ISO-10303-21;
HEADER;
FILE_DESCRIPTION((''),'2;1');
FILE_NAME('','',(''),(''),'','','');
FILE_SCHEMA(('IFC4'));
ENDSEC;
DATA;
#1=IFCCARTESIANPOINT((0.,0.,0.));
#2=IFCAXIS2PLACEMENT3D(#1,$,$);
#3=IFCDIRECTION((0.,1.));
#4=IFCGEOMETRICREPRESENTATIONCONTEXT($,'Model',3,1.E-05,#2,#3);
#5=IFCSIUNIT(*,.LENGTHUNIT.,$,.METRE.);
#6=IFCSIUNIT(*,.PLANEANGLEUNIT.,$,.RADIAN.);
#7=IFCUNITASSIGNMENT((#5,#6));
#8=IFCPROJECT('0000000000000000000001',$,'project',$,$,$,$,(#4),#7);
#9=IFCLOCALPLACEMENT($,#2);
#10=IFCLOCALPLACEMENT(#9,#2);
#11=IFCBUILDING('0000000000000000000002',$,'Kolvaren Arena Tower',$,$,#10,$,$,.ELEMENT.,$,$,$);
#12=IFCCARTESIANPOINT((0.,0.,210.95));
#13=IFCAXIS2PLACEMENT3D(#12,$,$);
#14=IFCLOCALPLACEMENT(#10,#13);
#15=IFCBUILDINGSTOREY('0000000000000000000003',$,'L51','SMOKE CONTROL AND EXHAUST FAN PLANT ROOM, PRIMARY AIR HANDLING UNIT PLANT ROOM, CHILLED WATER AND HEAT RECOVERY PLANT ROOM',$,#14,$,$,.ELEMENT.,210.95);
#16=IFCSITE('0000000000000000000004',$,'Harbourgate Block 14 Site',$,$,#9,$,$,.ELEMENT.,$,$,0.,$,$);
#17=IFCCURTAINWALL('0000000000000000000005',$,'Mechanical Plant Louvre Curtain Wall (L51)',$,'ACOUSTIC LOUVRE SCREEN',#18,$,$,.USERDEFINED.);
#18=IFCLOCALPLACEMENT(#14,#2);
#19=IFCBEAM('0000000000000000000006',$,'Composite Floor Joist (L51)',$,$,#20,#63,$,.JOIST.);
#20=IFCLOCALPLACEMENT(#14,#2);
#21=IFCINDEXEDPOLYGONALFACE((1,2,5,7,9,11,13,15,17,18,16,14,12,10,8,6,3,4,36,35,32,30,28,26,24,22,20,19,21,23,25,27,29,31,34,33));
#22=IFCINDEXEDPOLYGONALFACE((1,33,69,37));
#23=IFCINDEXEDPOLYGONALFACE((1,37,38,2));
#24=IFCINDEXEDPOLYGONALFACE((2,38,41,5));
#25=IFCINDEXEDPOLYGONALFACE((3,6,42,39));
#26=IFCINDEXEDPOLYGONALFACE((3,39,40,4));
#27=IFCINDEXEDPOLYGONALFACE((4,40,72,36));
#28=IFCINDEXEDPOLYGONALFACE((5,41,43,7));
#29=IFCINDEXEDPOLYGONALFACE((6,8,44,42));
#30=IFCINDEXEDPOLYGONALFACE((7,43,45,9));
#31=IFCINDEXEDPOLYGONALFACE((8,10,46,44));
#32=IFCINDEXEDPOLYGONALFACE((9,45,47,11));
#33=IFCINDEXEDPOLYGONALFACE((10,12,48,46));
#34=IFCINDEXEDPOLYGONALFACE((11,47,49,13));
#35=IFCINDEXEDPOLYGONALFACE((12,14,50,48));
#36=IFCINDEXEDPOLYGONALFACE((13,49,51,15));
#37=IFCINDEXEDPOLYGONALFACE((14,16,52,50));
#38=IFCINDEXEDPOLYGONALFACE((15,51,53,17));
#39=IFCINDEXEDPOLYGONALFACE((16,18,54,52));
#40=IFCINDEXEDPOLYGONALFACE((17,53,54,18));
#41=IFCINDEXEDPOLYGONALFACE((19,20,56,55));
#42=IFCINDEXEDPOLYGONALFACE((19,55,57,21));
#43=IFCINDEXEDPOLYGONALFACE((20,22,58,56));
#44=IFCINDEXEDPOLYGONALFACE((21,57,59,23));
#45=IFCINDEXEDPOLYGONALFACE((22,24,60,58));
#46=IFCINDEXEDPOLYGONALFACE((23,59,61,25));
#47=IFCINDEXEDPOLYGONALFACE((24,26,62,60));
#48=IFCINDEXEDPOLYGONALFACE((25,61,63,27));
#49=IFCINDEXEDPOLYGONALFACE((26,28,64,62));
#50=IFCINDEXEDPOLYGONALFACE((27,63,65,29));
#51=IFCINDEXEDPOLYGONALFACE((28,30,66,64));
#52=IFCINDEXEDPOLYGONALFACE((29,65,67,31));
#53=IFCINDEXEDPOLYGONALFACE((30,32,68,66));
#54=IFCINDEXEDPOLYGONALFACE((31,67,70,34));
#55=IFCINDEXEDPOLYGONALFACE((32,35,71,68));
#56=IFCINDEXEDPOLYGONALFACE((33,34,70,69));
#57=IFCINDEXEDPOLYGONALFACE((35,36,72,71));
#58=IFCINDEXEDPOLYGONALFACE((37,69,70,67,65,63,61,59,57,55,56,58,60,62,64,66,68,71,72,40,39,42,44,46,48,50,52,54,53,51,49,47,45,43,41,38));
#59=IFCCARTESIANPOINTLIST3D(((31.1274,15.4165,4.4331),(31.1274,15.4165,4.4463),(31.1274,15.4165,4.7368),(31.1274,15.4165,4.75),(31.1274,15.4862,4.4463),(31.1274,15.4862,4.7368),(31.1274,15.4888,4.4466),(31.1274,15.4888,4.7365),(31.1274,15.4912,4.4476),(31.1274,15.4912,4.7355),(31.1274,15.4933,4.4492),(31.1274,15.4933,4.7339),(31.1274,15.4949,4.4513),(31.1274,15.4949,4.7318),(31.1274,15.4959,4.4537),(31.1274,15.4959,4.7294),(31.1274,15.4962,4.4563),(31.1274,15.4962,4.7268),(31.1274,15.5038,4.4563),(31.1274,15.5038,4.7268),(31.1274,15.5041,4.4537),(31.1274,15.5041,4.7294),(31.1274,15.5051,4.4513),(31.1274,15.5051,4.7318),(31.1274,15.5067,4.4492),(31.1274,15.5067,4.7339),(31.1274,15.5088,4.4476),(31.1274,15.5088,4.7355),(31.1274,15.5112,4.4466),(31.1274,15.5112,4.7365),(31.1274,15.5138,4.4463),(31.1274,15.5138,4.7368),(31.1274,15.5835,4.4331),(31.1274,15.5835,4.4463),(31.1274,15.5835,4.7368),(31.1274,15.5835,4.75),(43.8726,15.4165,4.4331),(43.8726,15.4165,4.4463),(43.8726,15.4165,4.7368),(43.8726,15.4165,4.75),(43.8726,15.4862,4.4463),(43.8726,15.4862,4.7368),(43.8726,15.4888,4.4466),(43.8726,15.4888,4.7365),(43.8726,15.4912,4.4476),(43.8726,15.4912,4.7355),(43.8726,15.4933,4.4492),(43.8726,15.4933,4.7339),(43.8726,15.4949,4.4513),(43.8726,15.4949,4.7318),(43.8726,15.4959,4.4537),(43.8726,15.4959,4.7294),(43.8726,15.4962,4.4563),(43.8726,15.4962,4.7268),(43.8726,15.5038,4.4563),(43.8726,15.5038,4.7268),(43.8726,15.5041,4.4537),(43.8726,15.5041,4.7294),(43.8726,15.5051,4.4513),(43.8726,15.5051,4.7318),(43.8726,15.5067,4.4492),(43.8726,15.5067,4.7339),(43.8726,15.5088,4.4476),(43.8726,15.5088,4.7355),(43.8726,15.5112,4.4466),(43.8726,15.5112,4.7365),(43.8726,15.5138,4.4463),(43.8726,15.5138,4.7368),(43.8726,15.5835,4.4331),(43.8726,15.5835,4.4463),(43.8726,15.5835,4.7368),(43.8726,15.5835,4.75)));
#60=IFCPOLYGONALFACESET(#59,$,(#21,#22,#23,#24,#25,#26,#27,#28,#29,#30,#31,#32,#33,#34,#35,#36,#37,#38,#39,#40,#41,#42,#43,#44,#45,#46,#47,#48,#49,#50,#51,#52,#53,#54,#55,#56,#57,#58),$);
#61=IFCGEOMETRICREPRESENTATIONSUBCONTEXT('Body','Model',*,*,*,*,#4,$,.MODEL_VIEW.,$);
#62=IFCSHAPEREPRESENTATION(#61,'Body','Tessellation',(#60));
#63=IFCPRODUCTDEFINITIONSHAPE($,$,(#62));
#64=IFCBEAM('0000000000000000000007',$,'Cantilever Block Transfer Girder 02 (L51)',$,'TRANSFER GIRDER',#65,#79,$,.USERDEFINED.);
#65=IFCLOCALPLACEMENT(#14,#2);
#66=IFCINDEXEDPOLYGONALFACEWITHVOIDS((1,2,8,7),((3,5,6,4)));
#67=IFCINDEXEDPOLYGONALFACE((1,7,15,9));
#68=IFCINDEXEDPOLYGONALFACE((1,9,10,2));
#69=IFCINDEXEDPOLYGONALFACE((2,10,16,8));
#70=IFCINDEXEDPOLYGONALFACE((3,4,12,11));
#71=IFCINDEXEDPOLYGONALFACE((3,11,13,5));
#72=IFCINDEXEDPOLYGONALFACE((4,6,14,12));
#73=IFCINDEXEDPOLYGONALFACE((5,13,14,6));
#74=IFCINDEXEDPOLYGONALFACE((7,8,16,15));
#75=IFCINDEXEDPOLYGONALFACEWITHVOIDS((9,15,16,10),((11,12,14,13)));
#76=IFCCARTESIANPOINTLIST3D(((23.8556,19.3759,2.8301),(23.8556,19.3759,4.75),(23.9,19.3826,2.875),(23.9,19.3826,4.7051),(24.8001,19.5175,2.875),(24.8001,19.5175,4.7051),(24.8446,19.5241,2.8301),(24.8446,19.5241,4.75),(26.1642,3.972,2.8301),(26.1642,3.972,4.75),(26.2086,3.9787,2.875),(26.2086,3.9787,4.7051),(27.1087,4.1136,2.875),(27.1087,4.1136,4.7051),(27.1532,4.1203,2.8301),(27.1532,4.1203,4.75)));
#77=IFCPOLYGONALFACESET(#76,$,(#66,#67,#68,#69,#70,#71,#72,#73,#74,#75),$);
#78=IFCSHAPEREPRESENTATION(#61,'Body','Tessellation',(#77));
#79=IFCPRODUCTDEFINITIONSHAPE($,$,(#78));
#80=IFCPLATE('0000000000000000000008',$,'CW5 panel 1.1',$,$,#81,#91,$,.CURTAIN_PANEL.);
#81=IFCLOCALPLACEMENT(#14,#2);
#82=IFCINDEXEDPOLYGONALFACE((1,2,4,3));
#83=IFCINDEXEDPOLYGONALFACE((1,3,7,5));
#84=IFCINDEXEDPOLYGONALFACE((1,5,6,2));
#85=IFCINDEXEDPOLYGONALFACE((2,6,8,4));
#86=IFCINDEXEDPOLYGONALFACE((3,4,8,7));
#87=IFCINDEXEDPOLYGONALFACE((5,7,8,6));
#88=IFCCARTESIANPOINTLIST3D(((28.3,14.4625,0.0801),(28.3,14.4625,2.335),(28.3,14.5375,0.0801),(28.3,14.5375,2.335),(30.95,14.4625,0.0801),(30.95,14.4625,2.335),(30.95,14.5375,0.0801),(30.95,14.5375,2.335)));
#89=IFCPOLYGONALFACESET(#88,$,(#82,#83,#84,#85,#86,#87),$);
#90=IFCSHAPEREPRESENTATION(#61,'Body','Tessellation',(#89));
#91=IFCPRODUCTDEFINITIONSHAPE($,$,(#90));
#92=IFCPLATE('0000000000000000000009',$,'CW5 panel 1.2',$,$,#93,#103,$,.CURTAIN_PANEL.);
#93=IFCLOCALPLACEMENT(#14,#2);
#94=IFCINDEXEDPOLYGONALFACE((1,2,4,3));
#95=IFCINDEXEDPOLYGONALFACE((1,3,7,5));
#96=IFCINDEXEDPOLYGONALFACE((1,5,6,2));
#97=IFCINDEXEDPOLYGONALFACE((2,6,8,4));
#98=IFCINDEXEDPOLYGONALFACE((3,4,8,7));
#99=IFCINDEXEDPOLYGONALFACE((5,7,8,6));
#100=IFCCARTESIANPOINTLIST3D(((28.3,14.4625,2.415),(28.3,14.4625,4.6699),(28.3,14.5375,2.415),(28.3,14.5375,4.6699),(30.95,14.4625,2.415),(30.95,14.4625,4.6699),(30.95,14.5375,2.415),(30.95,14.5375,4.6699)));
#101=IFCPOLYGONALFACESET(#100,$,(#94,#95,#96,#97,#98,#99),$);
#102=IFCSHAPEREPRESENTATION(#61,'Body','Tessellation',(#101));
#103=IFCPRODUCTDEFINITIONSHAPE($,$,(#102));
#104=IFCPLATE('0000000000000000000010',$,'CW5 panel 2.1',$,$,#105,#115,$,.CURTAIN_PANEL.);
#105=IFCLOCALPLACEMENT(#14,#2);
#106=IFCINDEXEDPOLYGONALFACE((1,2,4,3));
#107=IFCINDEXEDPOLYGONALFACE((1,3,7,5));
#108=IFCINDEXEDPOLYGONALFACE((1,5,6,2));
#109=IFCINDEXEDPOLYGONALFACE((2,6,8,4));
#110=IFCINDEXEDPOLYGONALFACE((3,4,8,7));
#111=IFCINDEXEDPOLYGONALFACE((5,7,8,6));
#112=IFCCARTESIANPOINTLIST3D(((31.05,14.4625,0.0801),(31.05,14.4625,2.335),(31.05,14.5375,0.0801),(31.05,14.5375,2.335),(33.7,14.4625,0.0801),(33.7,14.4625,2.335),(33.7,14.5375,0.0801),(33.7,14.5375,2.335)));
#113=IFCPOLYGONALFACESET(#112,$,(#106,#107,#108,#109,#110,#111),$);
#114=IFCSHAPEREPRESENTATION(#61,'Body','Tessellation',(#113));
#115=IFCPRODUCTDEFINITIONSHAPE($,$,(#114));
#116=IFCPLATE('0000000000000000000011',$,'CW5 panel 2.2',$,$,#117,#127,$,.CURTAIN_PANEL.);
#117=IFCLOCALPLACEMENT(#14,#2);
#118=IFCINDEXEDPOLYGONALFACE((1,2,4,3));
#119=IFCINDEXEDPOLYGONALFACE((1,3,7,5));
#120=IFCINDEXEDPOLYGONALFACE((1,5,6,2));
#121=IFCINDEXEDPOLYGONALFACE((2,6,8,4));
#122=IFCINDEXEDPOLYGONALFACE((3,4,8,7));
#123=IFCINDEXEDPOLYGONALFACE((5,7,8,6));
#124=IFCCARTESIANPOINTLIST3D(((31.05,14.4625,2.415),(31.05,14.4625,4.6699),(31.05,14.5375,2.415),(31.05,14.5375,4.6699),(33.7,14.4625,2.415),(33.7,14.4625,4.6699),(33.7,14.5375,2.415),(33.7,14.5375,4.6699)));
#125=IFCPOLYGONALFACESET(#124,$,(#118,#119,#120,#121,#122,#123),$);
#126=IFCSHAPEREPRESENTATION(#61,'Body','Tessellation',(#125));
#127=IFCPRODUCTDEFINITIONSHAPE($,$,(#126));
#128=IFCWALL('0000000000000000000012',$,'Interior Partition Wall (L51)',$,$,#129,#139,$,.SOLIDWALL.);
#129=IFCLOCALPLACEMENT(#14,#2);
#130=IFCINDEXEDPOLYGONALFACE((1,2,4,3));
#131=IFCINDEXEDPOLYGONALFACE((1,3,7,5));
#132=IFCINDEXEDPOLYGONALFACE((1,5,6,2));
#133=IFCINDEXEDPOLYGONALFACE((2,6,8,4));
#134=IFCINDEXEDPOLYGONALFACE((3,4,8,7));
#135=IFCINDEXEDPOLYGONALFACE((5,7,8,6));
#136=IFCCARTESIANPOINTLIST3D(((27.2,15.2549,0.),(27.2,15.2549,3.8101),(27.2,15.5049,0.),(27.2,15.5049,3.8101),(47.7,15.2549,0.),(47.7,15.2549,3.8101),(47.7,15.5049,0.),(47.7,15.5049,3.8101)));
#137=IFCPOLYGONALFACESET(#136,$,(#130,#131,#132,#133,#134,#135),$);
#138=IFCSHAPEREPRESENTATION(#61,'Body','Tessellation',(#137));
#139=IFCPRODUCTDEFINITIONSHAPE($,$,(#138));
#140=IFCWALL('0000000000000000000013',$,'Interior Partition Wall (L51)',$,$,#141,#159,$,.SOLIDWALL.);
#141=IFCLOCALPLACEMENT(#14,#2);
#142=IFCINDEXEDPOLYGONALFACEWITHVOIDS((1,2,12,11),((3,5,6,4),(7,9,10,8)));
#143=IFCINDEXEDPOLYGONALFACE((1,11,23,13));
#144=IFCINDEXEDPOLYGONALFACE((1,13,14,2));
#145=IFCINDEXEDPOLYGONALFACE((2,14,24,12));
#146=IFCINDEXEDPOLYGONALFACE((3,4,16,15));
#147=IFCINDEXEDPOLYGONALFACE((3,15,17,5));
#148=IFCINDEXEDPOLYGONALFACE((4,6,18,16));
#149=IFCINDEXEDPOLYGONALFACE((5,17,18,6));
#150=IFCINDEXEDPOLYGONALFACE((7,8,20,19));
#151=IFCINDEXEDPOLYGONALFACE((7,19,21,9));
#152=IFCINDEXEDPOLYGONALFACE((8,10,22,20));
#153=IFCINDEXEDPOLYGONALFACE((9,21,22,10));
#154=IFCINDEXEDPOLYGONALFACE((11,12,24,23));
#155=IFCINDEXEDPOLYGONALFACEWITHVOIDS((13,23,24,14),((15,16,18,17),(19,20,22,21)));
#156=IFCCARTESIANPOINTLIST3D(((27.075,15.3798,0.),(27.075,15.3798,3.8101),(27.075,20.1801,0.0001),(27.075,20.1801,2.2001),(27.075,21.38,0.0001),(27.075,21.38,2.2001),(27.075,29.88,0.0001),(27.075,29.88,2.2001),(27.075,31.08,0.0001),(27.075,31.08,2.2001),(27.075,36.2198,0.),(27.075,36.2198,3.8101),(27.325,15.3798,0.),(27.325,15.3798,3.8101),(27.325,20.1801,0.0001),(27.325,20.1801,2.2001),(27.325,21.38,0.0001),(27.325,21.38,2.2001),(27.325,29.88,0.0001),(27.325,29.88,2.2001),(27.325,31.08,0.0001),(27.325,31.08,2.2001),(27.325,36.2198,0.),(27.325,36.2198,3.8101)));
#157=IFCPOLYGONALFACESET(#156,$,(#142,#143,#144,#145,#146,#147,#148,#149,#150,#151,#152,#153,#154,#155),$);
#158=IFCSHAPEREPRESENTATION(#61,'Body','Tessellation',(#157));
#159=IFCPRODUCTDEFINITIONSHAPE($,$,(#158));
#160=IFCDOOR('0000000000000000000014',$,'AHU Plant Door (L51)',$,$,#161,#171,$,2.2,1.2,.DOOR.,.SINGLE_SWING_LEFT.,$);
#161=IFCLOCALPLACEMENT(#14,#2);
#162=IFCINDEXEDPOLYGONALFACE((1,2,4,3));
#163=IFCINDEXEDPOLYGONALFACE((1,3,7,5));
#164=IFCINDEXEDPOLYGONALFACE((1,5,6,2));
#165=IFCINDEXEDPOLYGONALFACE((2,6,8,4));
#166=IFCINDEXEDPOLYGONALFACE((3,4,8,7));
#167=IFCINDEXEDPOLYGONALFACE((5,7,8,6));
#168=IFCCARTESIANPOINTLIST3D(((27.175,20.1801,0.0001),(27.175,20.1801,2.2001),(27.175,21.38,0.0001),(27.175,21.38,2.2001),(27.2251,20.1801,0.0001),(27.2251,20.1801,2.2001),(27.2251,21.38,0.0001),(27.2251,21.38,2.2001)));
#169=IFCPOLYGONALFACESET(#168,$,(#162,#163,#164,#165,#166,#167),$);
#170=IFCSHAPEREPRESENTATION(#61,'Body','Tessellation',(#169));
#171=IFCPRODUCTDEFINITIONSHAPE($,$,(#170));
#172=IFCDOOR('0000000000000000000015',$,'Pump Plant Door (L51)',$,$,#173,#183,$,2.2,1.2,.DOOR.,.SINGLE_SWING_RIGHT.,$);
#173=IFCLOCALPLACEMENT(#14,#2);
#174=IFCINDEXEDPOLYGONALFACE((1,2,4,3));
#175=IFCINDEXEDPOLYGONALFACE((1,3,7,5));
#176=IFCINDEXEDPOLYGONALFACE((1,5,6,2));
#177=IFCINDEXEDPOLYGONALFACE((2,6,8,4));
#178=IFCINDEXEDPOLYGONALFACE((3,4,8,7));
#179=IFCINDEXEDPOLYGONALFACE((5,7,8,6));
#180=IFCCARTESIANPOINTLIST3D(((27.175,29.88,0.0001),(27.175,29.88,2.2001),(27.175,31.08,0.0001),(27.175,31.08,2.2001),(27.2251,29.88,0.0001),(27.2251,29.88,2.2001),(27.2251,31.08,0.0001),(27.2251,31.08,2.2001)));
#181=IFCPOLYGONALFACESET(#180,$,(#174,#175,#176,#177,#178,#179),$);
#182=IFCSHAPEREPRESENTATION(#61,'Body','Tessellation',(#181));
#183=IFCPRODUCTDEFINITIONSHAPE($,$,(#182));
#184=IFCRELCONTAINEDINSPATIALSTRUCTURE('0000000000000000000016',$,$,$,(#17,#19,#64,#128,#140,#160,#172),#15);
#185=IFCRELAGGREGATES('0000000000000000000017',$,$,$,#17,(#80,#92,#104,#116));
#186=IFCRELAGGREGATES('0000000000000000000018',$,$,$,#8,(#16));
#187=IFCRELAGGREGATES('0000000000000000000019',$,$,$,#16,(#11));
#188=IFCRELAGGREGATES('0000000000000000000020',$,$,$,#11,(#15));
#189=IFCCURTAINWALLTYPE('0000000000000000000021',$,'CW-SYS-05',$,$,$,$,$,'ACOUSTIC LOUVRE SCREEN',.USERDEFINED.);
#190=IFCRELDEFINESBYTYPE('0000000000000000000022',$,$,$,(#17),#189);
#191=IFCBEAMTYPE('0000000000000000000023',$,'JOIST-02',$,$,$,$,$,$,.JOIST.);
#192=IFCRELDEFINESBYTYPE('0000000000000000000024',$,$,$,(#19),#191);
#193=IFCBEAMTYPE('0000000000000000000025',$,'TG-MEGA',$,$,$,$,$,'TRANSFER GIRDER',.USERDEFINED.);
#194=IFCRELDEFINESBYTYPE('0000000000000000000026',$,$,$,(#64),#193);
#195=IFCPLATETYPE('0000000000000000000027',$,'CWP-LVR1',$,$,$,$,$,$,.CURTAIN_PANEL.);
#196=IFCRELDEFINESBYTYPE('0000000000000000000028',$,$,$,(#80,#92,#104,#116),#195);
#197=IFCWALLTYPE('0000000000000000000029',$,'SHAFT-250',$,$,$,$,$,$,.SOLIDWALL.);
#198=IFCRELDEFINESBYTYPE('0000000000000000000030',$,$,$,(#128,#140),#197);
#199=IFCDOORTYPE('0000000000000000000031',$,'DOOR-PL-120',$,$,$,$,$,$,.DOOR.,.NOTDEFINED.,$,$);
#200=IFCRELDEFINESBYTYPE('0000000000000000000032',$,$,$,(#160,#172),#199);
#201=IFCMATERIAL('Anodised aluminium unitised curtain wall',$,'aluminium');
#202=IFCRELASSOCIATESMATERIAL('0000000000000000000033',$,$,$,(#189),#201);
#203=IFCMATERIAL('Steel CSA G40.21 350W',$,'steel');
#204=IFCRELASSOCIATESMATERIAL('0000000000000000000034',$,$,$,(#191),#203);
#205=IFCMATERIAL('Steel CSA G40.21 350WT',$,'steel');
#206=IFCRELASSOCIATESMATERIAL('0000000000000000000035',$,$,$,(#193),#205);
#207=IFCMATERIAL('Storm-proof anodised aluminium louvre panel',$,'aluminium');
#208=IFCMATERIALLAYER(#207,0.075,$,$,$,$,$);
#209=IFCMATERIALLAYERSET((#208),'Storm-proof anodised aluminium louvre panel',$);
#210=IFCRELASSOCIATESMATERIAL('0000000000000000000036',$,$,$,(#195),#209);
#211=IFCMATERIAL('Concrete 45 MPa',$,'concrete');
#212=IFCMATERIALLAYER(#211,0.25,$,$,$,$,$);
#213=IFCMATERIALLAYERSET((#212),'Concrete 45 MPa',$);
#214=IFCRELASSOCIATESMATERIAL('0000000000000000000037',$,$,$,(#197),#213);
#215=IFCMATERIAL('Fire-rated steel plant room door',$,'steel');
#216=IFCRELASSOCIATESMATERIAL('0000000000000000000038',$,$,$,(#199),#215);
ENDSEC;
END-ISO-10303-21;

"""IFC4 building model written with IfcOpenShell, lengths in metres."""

from ifc_helpers import new_model, si_unit, direction, frame, frame_2d, origin, origin_2d, place, context, subcontext, project, spatial, rectangle, hollow_rectangle, i_section, extrude, material, layer, layer_set, material_profile, profile_set, type_object, element, fill, aggregate, save


model = new_model("IFC4")

# Units and contexts
model_context = context("Model", 3, precision=1e-05, world=origin(), true_north=direction((0.0, 1.0)))
body_context = subcontext(model_context, "Body", "Model", "MODEL_VIEW")
ifc_project = project(units=[si_unit("LENGTHUNIT", "METRE"), si_unit("PLANEANGLEUNIT", "RADIAN")], contexts=[model_context])

# Site, building, storey
site_placement = place(None, origin())
site = spatial("IfcSite", under=ifc_project, at=site_placement, Name="Harbourgate Block 14 Site", CompositionType="ELEMENT", RefElevation=0.0)
building_placement = place(site_placement, origin())
building = spatial("IfcBuilding", under=site, at=building_placement, Name="Kolvaren Arena Tower", CompositionType="ELEMENT")
storey_placement = place(building_placement, frame((0.0, 0.0, 210.95)))
storey = spatial("IfcBuildingStorey", under=building, at=storey_placement, Name="L51", Description="SMOKE CONTROL AND EXHAUST FAN PLANT ROOM, PRIMARY AIR HANDLING UNIT PLANT ROOM, CHILLED WATER AND HEAT RECOVERY PLANT ROOM", CompositionType="ELEMENT", Elevation=210.95)

# Shared definitions
ifc_material_1 = material(Name="Steel CSA G40.21 350W", Category="steel")

# Curtain wall
ifc_material_2 = material(Name="Anodised aluminium unitised curtain wall", Category="aluminium")
curtain_wall_type = type_object("IfcCurtainWallType", Name="CW-SYS-05", ElementType="ACOUSTIC LOUVRE SCREEN", PredefinedType="USERDEFINED", material=ifc_material_2)
curtain_wall_placement = place(storey_placement, origin())
curtain_wall = element("IfcCurtainWall", 1, at=curtain_wall_placement, inside=storey, type_object=curtain_wall_type, Name="Mechanical Plant Louvre Curtain Wall (L51)", ObjectType="ACOUSTIC LOUVRE SCREEN", PredefinedType="USERDEFINED")

# Beams
ifc_material_profile_1 = material_profile(ifc_material_1, i_section(OverallWidth=0.167, OverallDepth=0.3169, WebThickness=0.0076, FlangeThickness=0.0132, FilletRadius=0.01, at=origin_2d()), Name="W310x52")
ifc_profile_set_1 = profile_set([ifc_material_profile_1], Name="Steel CSA G40.21 350W")
beam_type_1 = type_object("IfcBeamType", Name="JOIST-02", PredefinedType="JOIST", material=ifc_profile_set_1)
for number, where, z_axis, x_axis, name in (
    (2, (31.1274, 15.5, 4.5916), (1.0, 0.0, 0.0), (0.0, 1.0, 0.0), "Composite Floor Joist (L51)"),
):
    element("IfcBeam", number, at=place(storey_placement, frame(where, z_axis=z_axis, x_axis=x_axis)), inside=storey, type_object=beam_type_1, Name=name, PredefinedType="JOIST", context=body_context, shape_type="SweptSolid", body=[
        extrude(i_section(OverallWidth=0.167, OverallDepth=0.3169, WebThickness=0.0076, FlangeThickness=0.0132, FilletRadius=0.01, at=origin_2d()), origin(), (0.0, 0.0, 1.0), 12.7451),
    ])
ifc_material_3 = material(Name="Steel CSA G40.21 350WT", Category="steel")
ifc_material_profile_2 = material_profile(ifc_material_3, hollow_rectangle(XDim=1.0, YDim=1.9199, WallThickness=0.0449, at=origin_2d()), Name="BOX 1000x1920x45")
ifc_profile_set_2 = profile_set([ifc_material_profile_2], Name="Steel CSA G40.21 350WT")
beam_type_2 = type_object("IfcBeamType", Name="TG-MEGA", ElementType="TRANSFER GIRDER", PredefinedType="USERDEFINED", material=ifc_profile_set_2)
beam_1_placement = place(storey_placement, frame((26.6587, 4.0461, 3.79), z_axis=(-0.148216, 0.988955, 0.0), x_axis=(-0.988955, -0.148216, 0.0)))
element("IfcBeam", 3, at=beam_1_placement, inside=storey, type_object=beam_type_2, Name="Cantilever Block Transfer Girder 02 (L51)", ObjectType="TRANSFER GIRDER", PredefinedType="USERDEFINED", context=body_context, shape_type="SweptSolid", body=[
    extrude(hollow_rectangle(XDim=1.0, YDim=1.9199, WallThickness=0.0449, at=origin_2d()), origin(), (0.0, 0.0, 1.0), 15.5759),
])

# Plates
ifc_material_4 = material(Name="Storm-proof anodised aluminium louvre panel", Category="aluminium")
ifc_layer_1 = layer(ifc_material_4, 0.075)
ifc_layer_set_1 = layer_set([ifc_layer_1], Name="Storm-proof anodised aluminium louvre panel")
plate_type = type_object("IfcPlateType", Name="CWP-LVR1", PredefinedType="CURTAIN_PANEL", material=ifc_layer_set_1)
plate_1_placement = place(storey_placement, frame((29.625, 14.5, 0.0801), z_axis=(0.0, 0.0, 1.0), x_axis=(1.0, 0.0, 0.0)))
plate_1 = element("IfcPlate", 4, at=plate_1_placement, type_object=plate_type, Name="CW5 panel 1.1", PredefinedType="CURTAIN_PANEL", context=body_context, shape_type="SweptSolid", body=[
    extrude(rectangle(XDim=2.6499, YDim=0.075, at=origin_2d()), origin(), (0.0, 0.0, 1.0), 2.2549),
])
plate_2_placement = place(storey_placement, frame((29.625, 14.5, 2.415), z_axis=(0.0, 0.0, 1.0), x_axis=(1.0, 0.0, 0.0)))
plate_2 = element("IfcPlate", 5, at=plate_2_placement, type_object=plate_type, Name="CW5 panel 1.2", PredefinedType="CURTAIN_PANEL", context=body_context, shape_type="SweptSolid", body=[
    extrude(rectangle(XDim=2.6499, YDim=0.075, at=origin_2d()), origin(), (0.0, 0.0, 1.0), 2.2549),
])
plate_3_placement = place(storey_placement, frame((32.375, 14.5, 0.0801), z_axis=(0.0, 0.0, 1.0), x_axis=(1.0, 0.0, 0.0)))
plate_3 = element("IfcPlate", 6, at=plate_3_placement, type_object=plate_type, Name="CW5 panel 2.1", PredefinedType="CURTAIN_PANEL", context=body_context, shape_type="SweptSolid", body=[
    extrude(rectangle(XDim=2.6499, YDim=0.075, at=origin_2d()), origin(), (0.0, 0.0, 1.0), 2.2549),
])
plate_4_placement = place(storey_placement, frame((32.375, 14.5, 2.415), z_axis=(0.0, 0.0, 1.0), x_axis=(1.0, 0.0, 0.0)))
plate_4 = element("IfcPlate", 7, at=plate_4_placement, type_object=plate_type, Name="CW5 panel 2.2", PredefinedType="CURTAIN_PANEL", context=body_context, shape_type="SweptSolid", body=[
    extrude(rectangle(XDim=2.6499, YDim=0.075, at=origin_2d()), origin(), (0.0, 0.0, 1.0), 2.2549),
])
aggregate(curtain_wall, [plate_1, plate_2, plate_3, plate_4])

# Wall
ifc_material_5 = material(Name="Concrete 45 MPa", Category="concrete")
ifc_layer_2 = layer(ifc_material_5, 0.25)
ifc_layer_set_2 = layer_set([ifc_layer_2], Name="Concrete 45 MPa")
wall_type = type_object("IfcWallType", Name="SHAFT-250", PredefinedType="SOLIDWALL", material=ifc_layer_set_2)
wall_1_placement = place(storey_placement, frame((27.2, 15.3799, 0.0), z_axis=(0.0, 0.0, 1.0), x_axis=(1.0, 0.0, 0.0)))
element("IfcWall", 8, at=wall_1_placement, inside=storey, type_object=wall_type, Name="Interior Partition Wall (L51)", PredefinedType="SOLIDWALL", context=body_context, shape_type="SweptSolid", body=[
    extrude(rectangle(XDim=20.5, YDim=0.25, at=frame_2d((10.25, 0.0))), origin(), (0.0, 0.0, 1.0), 3.8101),
])

# Wall, openings, doors
wall_2_placement = place(storey_placement, frame((27.2, 15.3799, 0.0), z_axis=(0.0, 0.0, 1.0), x_axis=(0.0, 1.0, 0.0)))
wall_2 = element("IfcWall", 9, at=wall_2_placement, inside=storey, type_object=wall_type, Name="Interior Partition Wall (L51)", PredefinedType="SOLIDWALL", context=body_context, shape_type="SweptSolid", body=[
    extrude(rectangle(XDim=20.8401, YDim=0.25, at=frame_2d((10.4199, 0.0))), origin(), (0.0, 0.0, 1.0), 3.8101),
])
opening_1_placement = place(wall_2_placement, frame((4.8, 0.0, 0.0)))
opening_1 = element("IfcOpeningElement", 10, at=opening_1_placement, cuts=wall_2, PredefinedType="OPENING", context=body_context, shape_type="SweptSolid", body=[
    extrude(rectangle(XDim=1.2, YDim=2.2, at=frame_2d((0.6001, 1.1001))), frame((0.0, 0.135, 0.0), z_axis=(0.0, -1.0, 0.0), x_axis=(1.0, 0.0, 0.0)), (0.0, 0.0, 1.0), 0.27),
])
opening_2_placement = place(wall_2_placement, frame((14.5, 0.0, 0.0)))
opening_2 = element("IfcOpeningElement", 11, at=opening_2_placement, cuts=wall_2, PredefinedType="OPENING", context=body_context, shape_type="SweptSolid", body=[
    extrude(rectangle(XDim=1.2, YDim=2.2, at=frame_2d((0.6001, 1.1001))), frame((0.0, 0.135, 0.0), z_axis=(0.0, -1.0, 0.0), x_axis=(1.0, 0.0, 0.0)), (0.0, 0.0, 1.0), 0.27),
])
ifc_material_6 = material(Name="Fire-rated steel plant room door", Category="steel")
door_type = type_object("IfcDoorType", Name="DOOR-PL-120", OperationType="NOTDEFINED", PredefinedType="DOOR", material=ifc_material_6)
door_1_placement = place(opening_1_placement, origin())
door_1 = element("IfcDoor", 12, at=door_1_placement, inside=storey, type_object=door_type, Name="AHU Plant Door (L51)", OperationType="SINGLE_SWING_LEFT", OverallHeight=2.2, OverallWidth=1.2, PredefinedType="DOOR", context=body_context, shape_type="SweptSolid", body=[
    extrude(rectangle(XDim=1.2, YDim=2.2, at=frame_2d((0.6001, 1.1001))), frame((0.0, 0.0249, 0.0), z_axis=(0.0, -1.0, 0.0), x_axis=(1.0, 0.0, 0.0)), (0.0, 0.0, 1.0), 0.05),
])
fill(opening_1, door_1)
door_2_placement = place(opening_2_placement, origin())
door_2 = element("IfcDoor", 13, at=door_2_placement, inside=storey, type_object=door_type, Name="Pump Plant Door (L51)", OperationType="SINGLE_SWING_RIGHT", OverallHeight=2.2, OverallWidth=1.2, PredefinedType="DOOR", context=body_context, shape_type="SweptSolid", body=[
    extrude(rectangle(XDim=1.2, YDim=2.2, at=frame_2d((0.6001, 1.1001))), frame((0.0, 0.0249, 0.0), z_axis=(0.0, -1.0, 0.0), x_axis=(1.0, 0.0, 0.0)), (0.0, 0.0, 1.0), 0.05),
])
fill(opening_2, door_2)

save(model, "model.ifc")
